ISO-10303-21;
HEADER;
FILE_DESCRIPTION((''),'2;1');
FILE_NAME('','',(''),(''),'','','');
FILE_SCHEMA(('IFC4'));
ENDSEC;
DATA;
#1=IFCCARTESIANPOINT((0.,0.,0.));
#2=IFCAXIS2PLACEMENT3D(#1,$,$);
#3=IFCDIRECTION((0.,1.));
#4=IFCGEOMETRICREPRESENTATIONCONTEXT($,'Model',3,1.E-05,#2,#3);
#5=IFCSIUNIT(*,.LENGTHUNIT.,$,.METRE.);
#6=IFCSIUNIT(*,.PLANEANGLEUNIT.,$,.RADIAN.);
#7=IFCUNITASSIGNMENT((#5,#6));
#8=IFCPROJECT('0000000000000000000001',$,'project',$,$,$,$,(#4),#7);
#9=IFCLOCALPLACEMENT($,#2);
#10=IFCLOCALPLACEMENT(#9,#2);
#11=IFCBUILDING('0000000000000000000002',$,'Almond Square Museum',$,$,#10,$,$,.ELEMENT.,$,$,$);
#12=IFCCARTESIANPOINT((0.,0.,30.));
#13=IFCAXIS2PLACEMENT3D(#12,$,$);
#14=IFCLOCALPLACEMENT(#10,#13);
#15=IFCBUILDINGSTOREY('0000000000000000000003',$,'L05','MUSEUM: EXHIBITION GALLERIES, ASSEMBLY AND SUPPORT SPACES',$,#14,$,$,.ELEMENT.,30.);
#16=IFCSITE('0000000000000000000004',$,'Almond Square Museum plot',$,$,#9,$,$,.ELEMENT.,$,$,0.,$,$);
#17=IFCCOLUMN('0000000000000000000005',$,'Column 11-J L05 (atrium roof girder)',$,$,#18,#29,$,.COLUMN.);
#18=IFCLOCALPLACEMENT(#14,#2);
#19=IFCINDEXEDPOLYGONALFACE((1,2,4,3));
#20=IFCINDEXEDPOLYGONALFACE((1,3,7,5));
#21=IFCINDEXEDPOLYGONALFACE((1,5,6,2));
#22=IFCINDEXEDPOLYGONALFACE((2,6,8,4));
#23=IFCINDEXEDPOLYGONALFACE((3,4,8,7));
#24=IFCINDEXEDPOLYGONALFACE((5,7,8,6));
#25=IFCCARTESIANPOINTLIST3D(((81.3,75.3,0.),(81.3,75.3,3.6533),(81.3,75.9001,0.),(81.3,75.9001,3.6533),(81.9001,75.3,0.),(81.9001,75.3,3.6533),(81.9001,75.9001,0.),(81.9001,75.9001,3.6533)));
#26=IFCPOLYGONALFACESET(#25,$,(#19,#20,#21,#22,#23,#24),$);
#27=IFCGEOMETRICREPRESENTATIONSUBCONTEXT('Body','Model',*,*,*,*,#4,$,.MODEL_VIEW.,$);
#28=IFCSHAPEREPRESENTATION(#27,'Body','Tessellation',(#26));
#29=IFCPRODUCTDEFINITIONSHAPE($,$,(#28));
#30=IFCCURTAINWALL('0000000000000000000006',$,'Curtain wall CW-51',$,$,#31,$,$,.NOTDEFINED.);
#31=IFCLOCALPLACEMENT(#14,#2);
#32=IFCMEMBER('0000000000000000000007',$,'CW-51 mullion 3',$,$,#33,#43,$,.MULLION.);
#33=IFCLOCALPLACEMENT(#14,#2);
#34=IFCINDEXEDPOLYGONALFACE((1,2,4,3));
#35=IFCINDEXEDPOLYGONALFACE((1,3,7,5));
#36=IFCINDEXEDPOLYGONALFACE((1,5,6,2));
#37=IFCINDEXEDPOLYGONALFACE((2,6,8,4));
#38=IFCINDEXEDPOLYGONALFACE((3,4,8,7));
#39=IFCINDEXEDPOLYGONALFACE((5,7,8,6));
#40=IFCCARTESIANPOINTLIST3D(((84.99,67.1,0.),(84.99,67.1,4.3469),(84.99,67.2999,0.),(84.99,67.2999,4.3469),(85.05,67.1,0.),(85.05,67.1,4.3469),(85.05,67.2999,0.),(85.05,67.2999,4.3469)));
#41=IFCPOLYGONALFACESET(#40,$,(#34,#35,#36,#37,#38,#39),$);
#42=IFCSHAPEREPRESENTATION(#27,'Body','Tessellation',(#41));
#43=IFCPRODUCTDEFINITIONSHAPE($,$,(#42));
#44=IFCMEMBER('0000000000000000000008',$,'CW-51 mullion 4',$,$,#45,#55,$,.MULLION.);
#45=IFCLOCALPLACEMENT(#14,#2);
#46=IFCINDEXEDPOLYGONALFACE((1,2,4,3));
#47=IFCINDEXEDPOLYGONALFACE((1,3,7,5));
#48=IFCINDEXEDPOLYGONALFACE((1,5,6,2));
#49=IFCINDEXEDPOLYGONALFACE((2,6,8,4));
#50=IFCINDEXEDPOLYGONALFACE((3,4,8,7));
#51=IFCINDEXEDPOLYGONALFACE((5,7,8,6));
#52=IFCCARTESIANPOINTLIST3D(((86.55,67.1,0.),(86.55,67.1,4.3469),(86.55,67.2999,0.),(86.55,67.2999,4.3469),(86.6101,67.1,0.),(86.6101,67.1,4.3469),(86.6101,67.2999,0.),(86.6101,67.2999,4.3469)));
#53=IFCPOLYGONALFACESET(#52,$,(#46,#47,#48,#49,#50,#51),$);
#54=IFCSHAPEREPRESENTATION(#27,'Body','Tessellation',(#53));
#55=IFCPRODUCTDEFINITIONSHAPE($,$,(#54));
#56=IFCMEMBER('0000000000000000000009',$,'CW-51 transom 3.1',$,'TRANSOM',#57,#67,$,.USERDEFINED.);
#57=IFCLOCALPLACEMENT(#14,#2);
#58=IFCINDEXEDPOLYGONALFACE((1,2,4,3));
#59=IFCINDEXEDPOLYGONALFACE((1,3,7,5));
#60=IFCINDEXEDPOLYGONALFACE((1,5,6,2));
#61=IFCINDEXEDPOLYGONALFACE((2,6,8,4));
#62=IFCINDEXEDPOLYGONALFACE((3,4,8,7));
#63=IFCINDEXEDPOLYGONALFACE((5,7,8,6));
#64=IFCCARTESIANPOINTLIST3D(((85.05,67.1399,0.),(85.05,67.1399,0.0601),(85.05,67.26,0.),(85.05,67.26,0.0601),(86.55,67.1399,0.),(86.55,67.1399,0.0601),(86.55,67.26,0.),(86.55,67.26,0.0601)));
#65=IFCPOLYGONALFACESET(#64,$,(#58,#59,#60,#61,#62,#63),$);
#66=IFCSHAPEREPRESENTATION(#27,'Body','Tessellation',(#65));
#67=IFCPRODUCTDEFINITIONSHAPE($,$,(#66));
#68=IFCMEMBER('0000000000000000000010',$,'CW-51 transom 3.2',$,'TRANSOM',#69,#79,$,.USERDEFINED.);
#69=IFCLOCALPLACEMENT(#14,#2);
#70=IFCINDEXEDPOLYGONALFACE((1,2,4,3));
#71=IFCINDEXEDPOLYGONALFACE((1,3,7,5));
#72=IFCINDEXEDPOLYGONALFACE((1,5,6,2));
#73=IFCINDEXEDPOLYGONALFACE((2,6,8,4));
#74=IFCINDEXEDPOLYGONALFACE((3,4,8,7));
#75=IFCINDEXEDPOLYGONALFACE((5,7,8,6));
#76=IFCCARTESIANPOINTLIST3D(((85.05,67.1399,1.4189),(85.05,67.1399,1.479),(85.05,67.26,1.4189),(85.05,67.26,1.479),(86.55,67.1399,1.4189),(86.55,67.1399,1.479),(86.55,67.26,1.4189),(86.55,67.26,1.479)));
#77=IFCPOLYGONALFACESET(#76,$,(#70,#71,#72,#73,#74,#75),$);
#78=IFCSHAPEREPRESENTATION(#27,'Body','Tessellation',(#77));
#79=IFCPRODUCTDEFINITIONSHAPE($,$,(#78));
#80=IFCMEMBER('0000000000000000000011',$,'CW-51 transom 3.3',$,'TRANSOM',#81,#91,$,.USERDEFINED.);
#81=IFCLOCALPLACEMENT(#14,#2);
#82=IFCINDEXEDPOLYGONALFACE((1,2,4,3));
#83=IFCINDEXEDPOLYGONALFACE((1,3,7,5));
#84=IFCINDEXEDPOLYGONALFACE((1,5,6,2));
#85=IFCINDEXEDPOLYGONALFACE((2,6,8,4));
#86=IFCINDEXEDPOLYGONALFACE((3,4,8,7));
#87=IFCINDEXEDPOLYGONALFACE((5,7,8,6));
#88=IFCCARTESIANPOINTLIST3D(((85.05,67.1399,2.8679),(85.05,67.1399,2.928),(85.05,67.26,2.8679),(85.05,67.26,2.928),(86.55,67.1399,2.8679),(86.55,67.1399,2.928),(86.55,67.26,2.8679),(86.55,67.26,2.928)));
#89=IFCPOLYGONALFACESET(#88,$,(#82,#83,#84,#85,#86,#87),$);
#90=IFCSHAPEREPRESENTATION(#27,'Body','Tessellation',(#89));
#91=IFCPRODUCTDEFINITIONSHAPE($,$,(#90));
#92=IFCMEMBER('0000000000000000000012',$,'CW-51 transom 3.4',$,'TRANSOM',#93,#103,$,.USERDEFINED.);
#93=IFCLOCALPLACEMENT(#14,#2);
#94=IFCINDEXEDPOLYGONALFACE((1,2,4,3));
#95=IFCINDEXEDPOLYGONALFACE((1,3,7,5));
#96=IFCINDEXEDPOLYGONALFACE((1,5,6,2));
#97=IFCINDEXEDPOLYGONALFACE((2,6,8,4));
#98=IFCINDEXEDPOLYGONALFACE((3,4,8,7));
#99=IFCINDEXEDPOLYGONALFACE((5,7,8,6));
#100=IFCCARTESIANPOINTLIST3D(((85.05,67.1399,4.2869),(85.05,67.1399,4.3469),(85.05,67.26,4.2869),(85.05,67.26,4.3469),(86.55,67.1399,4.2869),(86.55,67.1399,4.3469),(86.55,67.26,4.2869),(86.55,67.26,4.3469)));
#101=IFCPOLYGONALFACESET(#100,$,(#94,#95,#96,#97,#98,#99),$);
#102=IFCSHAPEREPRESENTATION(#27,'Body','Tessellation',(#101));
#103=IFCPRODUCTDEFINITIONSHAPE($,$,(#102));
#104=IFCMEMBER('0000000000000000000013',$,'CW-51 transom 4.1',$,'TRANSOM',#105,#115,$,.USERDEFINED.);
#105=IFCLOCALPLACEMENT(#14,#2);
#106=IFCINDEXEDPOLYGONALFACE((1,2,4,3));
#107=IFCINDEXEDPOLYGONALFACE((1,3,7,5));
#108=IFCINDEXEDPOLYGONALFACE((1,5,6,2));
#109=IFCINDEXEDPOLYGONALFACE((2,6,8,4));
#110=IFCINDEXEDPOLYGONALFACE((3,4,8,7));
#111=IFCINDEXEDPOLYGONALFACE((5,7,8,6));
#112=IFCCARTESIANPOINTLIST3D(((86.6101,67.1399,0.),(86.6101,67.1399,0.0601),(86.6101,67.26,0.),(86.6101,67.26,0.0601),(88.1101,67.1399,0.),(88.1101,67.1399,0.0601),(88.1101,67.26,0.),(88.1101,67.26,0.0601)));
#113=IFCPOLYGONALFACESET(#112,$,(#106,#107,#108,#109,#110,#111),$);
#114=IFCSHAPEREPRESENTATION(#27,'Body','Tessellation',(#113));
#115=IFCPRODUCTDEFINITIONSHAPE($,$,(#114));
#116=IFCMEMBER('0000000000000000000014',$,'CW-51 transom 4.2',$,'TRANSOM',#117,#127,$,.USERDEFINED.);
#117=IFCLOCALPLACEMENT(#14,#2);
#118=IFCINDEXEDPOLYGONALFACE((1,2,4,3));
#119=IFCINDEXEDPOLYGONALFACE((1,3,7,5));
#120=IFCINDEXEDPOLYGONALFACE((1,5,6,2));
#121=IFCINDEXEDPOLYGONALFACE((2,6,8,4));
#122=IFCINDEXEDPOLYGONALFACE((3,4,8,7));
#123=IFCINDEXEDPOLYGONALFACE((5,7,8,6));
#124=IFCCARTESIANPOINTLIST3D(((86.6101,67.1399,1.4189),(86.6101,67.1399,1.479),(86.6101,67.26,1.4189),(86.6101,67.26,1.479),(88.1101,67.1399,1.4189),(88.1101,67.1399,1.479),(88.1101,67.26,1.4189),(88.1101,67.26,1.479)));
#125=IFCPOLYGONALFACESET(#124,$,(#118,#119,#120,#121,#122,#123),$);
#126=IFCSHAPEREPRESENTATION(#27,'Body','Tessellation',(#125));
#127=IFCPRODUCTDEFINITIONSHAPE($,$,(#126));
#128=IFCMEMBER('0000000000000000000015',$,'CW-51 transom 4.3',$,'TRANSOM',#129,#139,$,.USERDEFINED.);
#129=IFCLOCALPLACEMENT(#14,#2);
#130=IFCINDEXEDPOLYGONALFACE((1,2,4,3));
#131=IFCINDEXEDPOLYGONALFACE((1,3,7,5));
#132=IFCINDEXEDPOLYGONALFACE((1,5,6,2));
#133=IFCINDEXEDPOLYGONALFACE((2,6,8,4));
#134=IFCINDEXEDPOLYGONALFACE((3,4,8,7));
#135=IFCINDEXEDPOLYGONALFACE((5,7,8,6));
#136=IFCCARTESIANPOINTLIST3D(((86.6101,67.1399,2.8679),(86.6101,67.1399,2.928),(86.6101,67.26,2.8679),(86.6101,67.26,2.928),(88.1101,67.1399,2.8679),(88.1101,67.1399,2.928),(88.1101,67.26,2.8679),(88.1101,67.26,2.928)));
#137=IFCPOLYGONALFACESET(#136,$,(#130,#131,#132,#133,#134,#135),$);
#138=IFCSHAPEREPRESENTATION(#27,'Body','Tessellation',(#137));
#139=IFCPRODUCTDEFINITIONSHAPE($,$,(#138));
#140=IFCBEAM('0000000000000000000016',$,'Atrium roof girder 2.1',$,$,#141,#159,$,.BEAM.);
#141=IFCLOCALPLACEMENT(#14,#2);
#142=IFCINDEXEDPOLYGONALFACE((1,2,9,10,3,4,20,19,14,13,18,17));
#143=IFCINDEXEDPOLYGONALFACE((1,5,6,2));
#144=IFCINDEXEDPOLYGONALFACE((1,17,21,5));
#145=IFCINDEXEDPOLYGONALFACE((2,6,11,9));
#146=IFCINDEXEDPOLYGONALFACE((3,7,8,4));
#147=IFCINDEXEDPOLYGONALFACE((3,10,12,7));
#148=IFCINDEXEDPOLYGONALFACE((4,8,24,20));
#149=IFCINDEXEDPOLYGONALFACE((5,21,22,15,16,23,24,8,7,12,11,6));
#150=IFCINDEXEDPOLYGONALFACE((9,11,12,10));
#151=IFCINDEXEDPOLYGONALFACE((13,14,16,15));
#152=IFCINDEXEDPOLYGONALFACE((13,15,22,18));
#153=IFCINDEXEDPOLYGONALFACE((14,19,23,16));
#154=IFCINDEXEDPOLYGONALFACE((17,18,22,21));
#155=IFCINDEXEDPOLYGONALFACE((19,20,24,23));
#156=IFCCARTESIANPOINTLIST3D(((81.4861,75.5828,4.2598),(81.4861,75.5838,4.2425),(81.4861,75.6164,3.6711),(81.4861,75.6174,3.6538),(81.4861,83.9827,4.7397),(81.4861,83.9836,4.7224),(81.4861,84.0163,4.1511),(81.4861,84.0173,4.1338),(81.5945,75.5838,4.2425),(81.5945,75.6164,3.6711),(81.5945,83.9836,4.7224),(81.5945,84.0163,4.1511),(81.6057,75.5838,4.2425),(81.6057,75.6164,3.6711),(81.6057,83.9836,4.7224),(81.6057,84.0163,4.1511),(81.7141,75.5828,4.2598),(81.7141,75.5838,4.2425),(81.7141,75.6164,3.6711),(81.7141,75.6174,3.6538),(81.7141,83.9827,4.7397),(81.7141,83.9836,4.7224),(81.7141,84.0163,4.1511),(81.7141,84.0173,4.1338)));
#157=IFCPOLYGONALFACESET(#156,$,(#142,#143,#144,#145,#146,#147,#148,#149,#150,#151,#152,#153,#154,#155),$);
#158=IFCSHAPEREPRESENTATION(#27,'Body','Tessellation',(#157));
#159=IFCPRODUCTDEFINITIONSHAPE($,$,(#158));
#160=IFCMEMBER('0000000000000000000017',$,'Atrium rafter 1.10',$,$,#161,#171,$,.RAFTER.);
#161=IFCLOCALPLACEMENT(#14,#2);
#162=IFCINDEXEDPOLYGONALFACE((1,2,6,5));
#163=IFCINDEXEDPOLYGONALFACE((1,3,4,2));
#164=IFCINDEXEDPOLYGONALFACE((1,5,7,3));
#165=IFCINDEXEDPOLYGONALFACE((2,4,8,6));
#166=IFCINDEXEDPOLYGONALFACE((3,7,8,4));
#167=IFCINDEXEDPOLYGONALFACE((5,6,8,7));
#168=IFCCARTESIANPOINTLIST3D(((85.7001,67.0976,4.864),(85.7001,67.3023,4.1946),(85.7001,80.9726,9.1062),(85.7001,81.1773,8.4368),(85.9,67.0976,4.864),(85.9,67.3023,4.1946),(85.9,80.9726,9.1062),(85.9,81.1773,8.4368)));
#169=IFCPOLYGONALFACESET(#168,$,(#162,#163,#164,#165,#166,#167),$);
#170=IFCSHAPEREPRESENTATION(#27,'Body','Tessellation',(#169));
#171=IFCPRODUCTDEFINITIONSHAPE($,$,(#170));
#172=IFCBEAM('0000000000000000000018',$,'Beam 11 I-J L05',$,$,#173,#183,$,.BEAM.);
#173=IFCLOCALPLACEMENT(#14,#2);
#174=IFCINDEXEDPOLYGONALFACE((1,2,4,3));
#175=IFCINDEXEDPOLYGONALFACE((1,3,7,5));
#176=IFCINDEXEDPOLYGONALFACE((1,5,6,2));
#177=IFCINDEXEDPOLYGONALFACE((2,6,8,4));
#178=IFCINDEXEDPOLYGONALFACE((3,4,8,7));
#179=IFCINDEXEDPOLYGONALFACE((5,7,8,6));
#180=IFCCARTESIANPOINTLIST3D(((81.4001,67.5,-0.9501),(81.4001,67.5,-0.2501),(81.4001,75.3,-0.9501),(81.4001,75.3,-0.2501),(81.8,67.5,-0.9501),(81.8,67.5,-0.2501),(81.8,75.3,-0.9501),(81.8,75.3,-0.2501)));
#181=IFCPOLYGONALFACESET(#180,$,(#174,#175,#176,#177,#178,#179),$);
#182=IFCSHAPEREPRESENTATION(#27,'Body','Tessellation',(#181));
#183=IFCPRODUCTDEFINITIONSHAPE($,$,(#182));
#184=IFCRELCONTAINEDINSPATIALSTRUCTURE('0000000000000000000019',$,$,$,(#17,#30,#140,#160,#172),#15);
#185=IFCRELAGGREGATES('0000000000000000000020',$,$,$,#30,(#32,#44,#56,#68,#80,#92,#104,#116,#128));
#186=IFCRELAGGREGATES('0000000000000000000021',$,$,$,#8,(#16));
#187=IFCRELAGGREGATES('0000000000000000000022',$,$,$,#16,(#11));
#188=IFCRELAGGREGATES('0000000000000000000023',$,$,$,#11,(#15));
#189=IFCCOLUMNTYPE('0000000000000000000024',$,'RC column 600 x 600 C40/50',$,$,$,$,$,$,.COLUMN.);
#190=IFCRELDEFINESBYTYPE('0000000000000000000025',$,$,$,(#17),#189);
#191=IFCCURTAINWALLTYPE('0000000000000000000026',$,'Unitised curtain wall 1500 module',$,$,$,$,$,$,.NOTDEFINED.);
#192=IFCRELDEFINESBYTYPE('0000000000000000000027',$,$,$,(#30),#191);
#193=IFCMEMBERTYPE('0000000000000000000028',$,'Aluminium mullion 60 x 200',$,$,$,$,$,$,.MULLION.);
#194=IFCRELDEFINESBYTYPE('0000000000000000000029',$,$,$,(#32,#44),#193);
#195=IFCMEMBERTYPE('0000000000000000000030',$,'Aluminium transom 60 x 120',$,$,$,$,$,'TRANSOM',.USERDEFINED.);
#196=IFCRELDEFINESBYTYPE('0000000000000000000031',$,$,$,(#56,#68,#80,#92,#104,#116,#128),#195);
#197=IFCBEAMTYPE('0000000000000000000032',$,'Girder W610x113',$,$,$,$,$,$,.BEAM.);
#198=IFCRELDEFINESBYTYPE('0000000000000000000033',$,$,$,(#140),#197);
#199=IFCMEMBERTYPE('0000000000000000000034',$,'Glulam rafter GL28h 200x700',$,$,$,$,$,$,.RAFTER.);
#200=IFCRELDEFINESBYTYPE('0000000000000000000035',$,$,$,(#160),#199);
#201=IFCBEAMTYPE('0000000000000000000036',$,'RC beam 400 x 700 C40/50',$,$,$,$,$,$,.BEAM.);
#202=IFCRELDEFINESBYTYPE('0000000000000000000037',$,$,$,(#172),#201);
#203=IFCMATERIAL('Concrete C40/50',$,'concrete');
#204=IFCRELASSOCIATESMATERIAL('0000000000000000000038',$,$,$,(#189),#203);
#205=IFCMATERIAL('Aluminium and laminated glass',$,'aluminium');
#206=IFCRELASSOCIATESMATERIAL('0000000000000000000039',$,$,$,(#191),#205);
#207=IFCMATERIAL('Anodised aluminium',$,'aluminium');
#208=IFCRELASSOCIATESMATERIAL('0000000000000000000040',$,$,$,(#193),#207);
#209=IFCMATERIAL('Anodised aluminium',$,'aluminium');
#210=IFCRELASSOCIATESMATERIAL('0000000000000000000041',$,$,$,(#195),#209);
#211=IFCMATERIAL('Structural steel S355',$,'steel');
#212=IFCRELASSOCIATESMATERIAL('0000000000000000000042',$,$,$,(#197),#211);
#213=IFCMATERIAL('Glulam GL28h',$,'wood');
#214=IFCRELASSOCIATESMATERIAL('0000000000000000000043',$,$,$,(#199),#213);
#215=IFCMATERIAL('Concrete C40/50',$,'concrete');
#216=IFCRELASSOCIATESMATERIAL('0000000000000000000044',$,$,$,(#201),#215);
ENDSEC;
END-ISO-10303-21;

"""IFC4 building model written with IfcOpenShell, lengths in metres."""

from ifc_helpers import new_model, si_unit, direction, frame, origin, origin_2d, place, context, subcontext, project, spatial, rectangle, i_section, extrude, material, material_profile, profile_set, type_object, element, aggregate, save


model = new_model("IFC4")

# Units and contexts
model_context = context("Model", 3, precision=1e-05, world=origin(), true_north=direction((0.0, 1.0)))
body_context = subcontext(model_context, "Body", "Model", "MODEL_VIEW")
ifc_project = project(units=[si_unit("LENGTHUNIT", "METRE"), si_unit("PLANEANGLEUNIT", "RADIAN")], contexts=[model_context])

# Site, building, storey
site_placement = place(None, origin())
site = spatial("IfcSite", under=ifc_project, at=site_placement, Name="Almond Square Museum plot", CompositionType="ELEMENT", RefElevation=0.0)
building_placement = place(site_placement, origin())
building = spatial("IfcBuilding", under=site, at=building_placement, Name="Almond Square Museum", CompositionType="ELEMENT")
storey_placement = place(building_placement, frame((0.0, 0.0, 30.0)))
storey = spatial("IfcBuildingStorey", under=building, at=storey_placement, Name="L05", Description="MUSEUM: EXHIBITION GALLERIES, ASSEMBLY AND SUPPORT SPACES", CompositionType="ELEMENT", Elevation=30.0)

# Column
ifc_material_1 = material(Name="Concrete C40/50", Category="concrete")
ifc_material_profile_1 = material_profile(ifc_material_1, rectangle(XDim=0.6001, YDim=0.6001, at=origin_2d()))
ifc_profile_set_1 = profile_set([ifc_material_profile_1], Name="Concrete C40/50")
column_type = type_object("IfcColumnType", Name="RC column 600 x 600 C40/50", PredefinedType="COLUMN", material=ifc_profile_set_1)
column_placement = place(storey_placement, frame((81.6001, 75.6001, 0.0), z_axis=(0.0, 0.0, 1.0), x_axis=(1.0, 0.0, 0.0)))
element("IfcColumn", 1, at=column_placement, inside=storey, type_object=column_type, Name="Column 11-J L05 (atrium roof girder)", PredefinedType="COLUMN", context=body_context, shape_type="SweptSolid", body=[
    extrude(rectangle(XDim=0.6001, YDim=0.6001, at=origin_2d()), origin(), (0.0, 0.0, 1.0), 3.6533),
])

# Curtain wall, members
ifc_material_2 = material(Name="Aluminium and laminated glass", Category="aluminium")
curtain_wall_type = type_object("IfcCurtainWallType", Name="Unitised curtain wall 1500 module", PredefinedType="NOTDEFINED", material=ifc_material_2)
curtain_wall_placement = place(storey_placement, origin())
curtain_wall = element("IfcCurtainWall", 2, at=curtain_wall_placement, inside=storey, type_object=curtain_wall_type, Name="Curtain wall CW-51", PredefinedType="NOTDEFINED")
ifc_material_3 = material(Name="Anodised aluminium", Category="aluminium")
ifc_material_profile_2 = material_profile(ifc_material_3, rectangle(XDim=0.2, YDim=0.0601, at=origin_2d()))
ifc_profile_set_2 = profile_set([ifc_material_profile_2], Name="Anodised aluminium")
member_type_1 = type_object("IfcMemberType", Name="Aluminium mullion 60 x 200", PredefinedType="MULLION", material=ifc_profile_set_2)
member_1_placement = place(storey_placement, frame((85.02, 67.2, 0.0), z_axis=(0.0, 0.0, 1.0), x_axis=(0.0, 1.0, 0.0)))
member_1 = element("IfcMember", 3, at=member_1_placement, type_object=member_type_1, Name="CW-51 mullion 3", PredefinedType="MULLION", context=body_context, shape_type="SweptSolid", body=[
    extrude(rectangle(XDim=0.2, YDim=0.0601, at=origin_2d()), origin(), (0.0, 0.0, 1.0), 4.3469),
])
member_2_placement = place(storey_placement, frame((86.5801, 67.2, 0.0), z_axis=(0.0, 0.0, 1.0), x_axis=(0.0, 1.0, 0.0)))
member_2 = element("IfcMember", 4, at=member_2_placement, type_object=member_type_1, Name="CW-51 mullion 4", PredefinedType="MULLION", context=body_context, shape_type="SweptSolid", body=[
    extrude(rectangle(XDim=0.2, YDim=0.0601, at=origin_2d()), origin(), (0.0, 0.0, 1.0), 4.3469),
])
ifc_material_4 = material(Name="Anodised aluminium", Category="aluminium")
ifc_material_profile_3 = material_profile(ifc_material_4, rectangle(XDim=0.1201, YDim=0.0601, at=origin_2d()))
ifc_profile_set_3 = profile_set([ifc_material_profile_3], Name="Anodised aluminium")
member_type_2 = type_object("IfcMemberType", Name="Aluminium transom 60 x 120", ElementType="TRANSOM", PredefinedType="USERDEFINED", material=ifc_profile_set_3)
member_3_placement = place(storey_placement, frame((85.05, 67.2, 0.03), z_axis=(1.0, 0.0, 0.0), x_axis=(0.0, 1.0, 0.0)))
member_3 = element("IfcMember", 5, at=member_3_placement, type_object=member_type_2, Name="CW-51 transom 3.1", ObjectType="TRANSOM", PredefinedType="USERDEFINED", context=body_context, shape_type="SweptSolid", body=[
    extrude(rectangle(XDim=0.1201, YDim=0.0601, at=origin_2d()), origin(), (0.0, 0.0, 1.0), 1.5),
])
member_4_placement = place(storey_placement, frame((85.05, 67.2, 1.449), z_axis=(1.0, 0.0, 0.0), x_axis=(0.0, 1.0, 0.0)))
member_4 = element("IfcMember", 6, at=member_4_placement, type_object=member_type_2, Name="CW-51 transom 3.2", ObjectType="TRANSOM", PredefinedType="USERDEFINED", context=body_context, shape_type="SweptSolid", body=[
    extrude(rectangle(XDim=0.1201, YDim=0.0601, at=origin_2d()), origin(), (0.0, 0.0, 1.0), 1.5),
])
member_5_placement = place(storey_placement, frame((85.05, 67.2, 2.8979), z_axis=(1.0, 0.0, 0.0), x_axis=(0.0, 1.0, 0.0)))
member_5 = element("IfcMember", 7, at=member_5_placement, type_object=member_type_2, Name="CW-51 transom 3.3", ObjectType="TRANSOM", PredefinedType="USERDEFINED", context=body_context, shape_type="SweptSolid", body=[
    extrude(rectangle(XDim=0.1201, YDim=0.0601, at=origin_2d()), origin(), (0.0, 0.0, 1.0), 1.5),
])
member_6_placement = place(storey_placement, frame((85.05, 67.2, 4.3169), z_axis=(1.0, 0.0, 0.0), x_axis=(0.0, 1.0, 0.0)))
member_6 = element("IfcMember", 8, at=member_6_placement, type_object=member_type_2, Name="CW-51 transom 3.4", ObjectType="TRANSOM", PredefinedType="USERDEFINED", context=body_context, shape_type="SweptSolid", body=[
    extrude(rectangle(XDim=0.1201, YDim=0.0601, at=origin_2d()), origin(), (0.0, 0.0, 1.0), 1.5),
])
member_7_placement = place(storey_placement, frame((86.6101, 67.2, 0.03), z_axis=(1.0, 0.0, 0.0), x_axis=(0.0, 1.0, 0.0)))
member_7 = element("IfcMember", 9, at=member_7_placement, type_object=member_type_2, Name="CW-51 transom 4.1", ObjectType="TRANSOM", PredefinedType="USERDEFINED", context=body_context, shape_type="SweptSolid", body=[
    extrude(rectangle(XDim=0.1201, YDim=0.0601, at=origin_2d()), origin(), (0.0, 0.0, 1.0), 1.5),
])
member_8_placement = place(storey_placement, frame((86.6101, 67.2, 1.449), z_axis=(1.0, 0.0, 0.0), x_axis=(0.0, 1.0, 0.0)))
member_8 = element("IfcMember", 10, at=member_8_placement, type_object=member_type_2, Name="CW-51 transom 4.2", ObjectType="TRANSOM", PredefinedType="USERDEFINED", context=body_context, shape_type="SweptSolid", body=[
    extrude(rectangle(XDim=0.1201, YDim=0.0601, at=origin_2d()), origin(), (0.0, 0.0, 1.0), 1.5),
])
member_9_placement = place(storey_placement, frame((86.6101, 67.2, 2.8979), z_axis=(1.0, 0.0, 0.0), x_axis=(0.0, 1.0, 0.0)))
member_9 = element("IfcMember", 11, at=member_9_placement, type_object=member_type_2, Name="CW-51 transom 4.3", ObjectType="TRANSOM", PredefinedType="USERDEFINED", context=body_context, shape_type="SweptSolid", body=[
    extrude(rectangle(XDim=0.1201, YDim=0.0601, at=origin_2d()), origin(), (0.0, 0.0, 1.0), 1.5),
])

# Beam
ifc_material_5 = material(Name="Structural steel S355", Category="steel")
ifc_material_profile_4 = material_profile(ifc_material_5, i_section(OverallWidth=0.228, OverallDepth=0.6069, WebThickness=0.0112, FlangeThickness=0.0173, at=origin_2d()))
ifc_profile_set_4 = profile_set([ifc_material_profile_4], Name="Structural steel S355")
beam_type_1 = type_object("IfcBeamType", Name="Girder W610x113", PredefinedType="BEAM", material=ifc_profile_set_4)
beam_1_placement = place(storey_placement, frame((81.6001, 75.6001, 3.9568), z_axis=(0.0, 0.998371, 0.057048), x_axis=(-1.0, 0.0, 0.0)))
element("IfcBeam", 12, at=beam_1_placement, inside=storey, type_object=beam_type_1, Name="Atrium roof girder 2.1", PredefinedType="BEAM", context=body_context, shape_type="SweptSolid", body=[
    extrude(i_section(OverallWidth=0.228, OverallDepth=0.6069, WebThickness=0.0112, FlangeThickness=0.0173, at=origin_2d()), origin(), (0.0, 0.0, 1.0), 8.4136),
])

# Member
ifc_material_6 = material(Name="Glulam GL28h", Category="wood")
ifc_material_profile_5 = material_profile(ifc_material_6, rectangle(XDim=0.2, YDim=0.7, at=origin_2d()))
ifc_profile_set_5 = profile_set([ifc_material_profile_5], Name="Glulam GL28h")
member_type_3 = type_object("IfcMemberType", Name="Glulam rafter GL28h 200x700", PredefinedType="RAFTER", material=ifc_profile_set_5)
member_10_placement = place(storey_placement, frame((85.8, 67.2, 4.5293), z_axis=(0.0, 0.956301, 0.292383), x_axis=(-1.0, 0.0, 0.0)))
element("IfcMember", 13, at=member_10_placement, inside=storey, type_object=member_type_3, Name="Atrium rafter 1.10", PredefinedType="RAFTER", context=body_context, shape_type="SweptSolid", body=[
    extrude(rectangle(XDim=0.2, YDim=0.7, at=origin_2d()), origin(), (0.0, 0.0, 1.0), 14.509),
])

# Beam
ifc_material_7 = material(Name="Concrete C40/50", Category="concrete")
ifc_material_profile_6 = material_profile(ifc_material_7, rectangle(XDim=0.3999, YDim=0.7, at=origin_2d()))
ifc_profile_set_6 = profile_set([ifc_material_profile_6], Name="Concrete C40/50")
beam_type_2 = type_object("IfcBeamType", Name="RC beam 400 x 700 C40/50", PredefinedType="BEAM", material=ifc_profile_set_6)
beam_2_placement = place(storey_placement, frame((81.6001, 67.5, -0.6001), z_axis=(0.0, 1.0, 0.0), x_axis=(-1.0, 0.0, 0.0)))
element("IfcBeam", 14, at=beam_2_placement, inside=storey, type_object=beam_type_2, Name="Beam 11 I-J L05", PredefinedType="BEAM", context=body_context, shape_type="SweptSolid", body=[
    extrude(rectangle(XDim=0.3999, YDim=0.7, at=origin_2d()), origin(), (0.0, 0.0, 1.0), 7.8),
])

aggregate(curtain_wall, [member_1, member_2, member_3, member_4, member_5, member_6, member_7, member_8, member_9])

save(model, "model.ifc")
